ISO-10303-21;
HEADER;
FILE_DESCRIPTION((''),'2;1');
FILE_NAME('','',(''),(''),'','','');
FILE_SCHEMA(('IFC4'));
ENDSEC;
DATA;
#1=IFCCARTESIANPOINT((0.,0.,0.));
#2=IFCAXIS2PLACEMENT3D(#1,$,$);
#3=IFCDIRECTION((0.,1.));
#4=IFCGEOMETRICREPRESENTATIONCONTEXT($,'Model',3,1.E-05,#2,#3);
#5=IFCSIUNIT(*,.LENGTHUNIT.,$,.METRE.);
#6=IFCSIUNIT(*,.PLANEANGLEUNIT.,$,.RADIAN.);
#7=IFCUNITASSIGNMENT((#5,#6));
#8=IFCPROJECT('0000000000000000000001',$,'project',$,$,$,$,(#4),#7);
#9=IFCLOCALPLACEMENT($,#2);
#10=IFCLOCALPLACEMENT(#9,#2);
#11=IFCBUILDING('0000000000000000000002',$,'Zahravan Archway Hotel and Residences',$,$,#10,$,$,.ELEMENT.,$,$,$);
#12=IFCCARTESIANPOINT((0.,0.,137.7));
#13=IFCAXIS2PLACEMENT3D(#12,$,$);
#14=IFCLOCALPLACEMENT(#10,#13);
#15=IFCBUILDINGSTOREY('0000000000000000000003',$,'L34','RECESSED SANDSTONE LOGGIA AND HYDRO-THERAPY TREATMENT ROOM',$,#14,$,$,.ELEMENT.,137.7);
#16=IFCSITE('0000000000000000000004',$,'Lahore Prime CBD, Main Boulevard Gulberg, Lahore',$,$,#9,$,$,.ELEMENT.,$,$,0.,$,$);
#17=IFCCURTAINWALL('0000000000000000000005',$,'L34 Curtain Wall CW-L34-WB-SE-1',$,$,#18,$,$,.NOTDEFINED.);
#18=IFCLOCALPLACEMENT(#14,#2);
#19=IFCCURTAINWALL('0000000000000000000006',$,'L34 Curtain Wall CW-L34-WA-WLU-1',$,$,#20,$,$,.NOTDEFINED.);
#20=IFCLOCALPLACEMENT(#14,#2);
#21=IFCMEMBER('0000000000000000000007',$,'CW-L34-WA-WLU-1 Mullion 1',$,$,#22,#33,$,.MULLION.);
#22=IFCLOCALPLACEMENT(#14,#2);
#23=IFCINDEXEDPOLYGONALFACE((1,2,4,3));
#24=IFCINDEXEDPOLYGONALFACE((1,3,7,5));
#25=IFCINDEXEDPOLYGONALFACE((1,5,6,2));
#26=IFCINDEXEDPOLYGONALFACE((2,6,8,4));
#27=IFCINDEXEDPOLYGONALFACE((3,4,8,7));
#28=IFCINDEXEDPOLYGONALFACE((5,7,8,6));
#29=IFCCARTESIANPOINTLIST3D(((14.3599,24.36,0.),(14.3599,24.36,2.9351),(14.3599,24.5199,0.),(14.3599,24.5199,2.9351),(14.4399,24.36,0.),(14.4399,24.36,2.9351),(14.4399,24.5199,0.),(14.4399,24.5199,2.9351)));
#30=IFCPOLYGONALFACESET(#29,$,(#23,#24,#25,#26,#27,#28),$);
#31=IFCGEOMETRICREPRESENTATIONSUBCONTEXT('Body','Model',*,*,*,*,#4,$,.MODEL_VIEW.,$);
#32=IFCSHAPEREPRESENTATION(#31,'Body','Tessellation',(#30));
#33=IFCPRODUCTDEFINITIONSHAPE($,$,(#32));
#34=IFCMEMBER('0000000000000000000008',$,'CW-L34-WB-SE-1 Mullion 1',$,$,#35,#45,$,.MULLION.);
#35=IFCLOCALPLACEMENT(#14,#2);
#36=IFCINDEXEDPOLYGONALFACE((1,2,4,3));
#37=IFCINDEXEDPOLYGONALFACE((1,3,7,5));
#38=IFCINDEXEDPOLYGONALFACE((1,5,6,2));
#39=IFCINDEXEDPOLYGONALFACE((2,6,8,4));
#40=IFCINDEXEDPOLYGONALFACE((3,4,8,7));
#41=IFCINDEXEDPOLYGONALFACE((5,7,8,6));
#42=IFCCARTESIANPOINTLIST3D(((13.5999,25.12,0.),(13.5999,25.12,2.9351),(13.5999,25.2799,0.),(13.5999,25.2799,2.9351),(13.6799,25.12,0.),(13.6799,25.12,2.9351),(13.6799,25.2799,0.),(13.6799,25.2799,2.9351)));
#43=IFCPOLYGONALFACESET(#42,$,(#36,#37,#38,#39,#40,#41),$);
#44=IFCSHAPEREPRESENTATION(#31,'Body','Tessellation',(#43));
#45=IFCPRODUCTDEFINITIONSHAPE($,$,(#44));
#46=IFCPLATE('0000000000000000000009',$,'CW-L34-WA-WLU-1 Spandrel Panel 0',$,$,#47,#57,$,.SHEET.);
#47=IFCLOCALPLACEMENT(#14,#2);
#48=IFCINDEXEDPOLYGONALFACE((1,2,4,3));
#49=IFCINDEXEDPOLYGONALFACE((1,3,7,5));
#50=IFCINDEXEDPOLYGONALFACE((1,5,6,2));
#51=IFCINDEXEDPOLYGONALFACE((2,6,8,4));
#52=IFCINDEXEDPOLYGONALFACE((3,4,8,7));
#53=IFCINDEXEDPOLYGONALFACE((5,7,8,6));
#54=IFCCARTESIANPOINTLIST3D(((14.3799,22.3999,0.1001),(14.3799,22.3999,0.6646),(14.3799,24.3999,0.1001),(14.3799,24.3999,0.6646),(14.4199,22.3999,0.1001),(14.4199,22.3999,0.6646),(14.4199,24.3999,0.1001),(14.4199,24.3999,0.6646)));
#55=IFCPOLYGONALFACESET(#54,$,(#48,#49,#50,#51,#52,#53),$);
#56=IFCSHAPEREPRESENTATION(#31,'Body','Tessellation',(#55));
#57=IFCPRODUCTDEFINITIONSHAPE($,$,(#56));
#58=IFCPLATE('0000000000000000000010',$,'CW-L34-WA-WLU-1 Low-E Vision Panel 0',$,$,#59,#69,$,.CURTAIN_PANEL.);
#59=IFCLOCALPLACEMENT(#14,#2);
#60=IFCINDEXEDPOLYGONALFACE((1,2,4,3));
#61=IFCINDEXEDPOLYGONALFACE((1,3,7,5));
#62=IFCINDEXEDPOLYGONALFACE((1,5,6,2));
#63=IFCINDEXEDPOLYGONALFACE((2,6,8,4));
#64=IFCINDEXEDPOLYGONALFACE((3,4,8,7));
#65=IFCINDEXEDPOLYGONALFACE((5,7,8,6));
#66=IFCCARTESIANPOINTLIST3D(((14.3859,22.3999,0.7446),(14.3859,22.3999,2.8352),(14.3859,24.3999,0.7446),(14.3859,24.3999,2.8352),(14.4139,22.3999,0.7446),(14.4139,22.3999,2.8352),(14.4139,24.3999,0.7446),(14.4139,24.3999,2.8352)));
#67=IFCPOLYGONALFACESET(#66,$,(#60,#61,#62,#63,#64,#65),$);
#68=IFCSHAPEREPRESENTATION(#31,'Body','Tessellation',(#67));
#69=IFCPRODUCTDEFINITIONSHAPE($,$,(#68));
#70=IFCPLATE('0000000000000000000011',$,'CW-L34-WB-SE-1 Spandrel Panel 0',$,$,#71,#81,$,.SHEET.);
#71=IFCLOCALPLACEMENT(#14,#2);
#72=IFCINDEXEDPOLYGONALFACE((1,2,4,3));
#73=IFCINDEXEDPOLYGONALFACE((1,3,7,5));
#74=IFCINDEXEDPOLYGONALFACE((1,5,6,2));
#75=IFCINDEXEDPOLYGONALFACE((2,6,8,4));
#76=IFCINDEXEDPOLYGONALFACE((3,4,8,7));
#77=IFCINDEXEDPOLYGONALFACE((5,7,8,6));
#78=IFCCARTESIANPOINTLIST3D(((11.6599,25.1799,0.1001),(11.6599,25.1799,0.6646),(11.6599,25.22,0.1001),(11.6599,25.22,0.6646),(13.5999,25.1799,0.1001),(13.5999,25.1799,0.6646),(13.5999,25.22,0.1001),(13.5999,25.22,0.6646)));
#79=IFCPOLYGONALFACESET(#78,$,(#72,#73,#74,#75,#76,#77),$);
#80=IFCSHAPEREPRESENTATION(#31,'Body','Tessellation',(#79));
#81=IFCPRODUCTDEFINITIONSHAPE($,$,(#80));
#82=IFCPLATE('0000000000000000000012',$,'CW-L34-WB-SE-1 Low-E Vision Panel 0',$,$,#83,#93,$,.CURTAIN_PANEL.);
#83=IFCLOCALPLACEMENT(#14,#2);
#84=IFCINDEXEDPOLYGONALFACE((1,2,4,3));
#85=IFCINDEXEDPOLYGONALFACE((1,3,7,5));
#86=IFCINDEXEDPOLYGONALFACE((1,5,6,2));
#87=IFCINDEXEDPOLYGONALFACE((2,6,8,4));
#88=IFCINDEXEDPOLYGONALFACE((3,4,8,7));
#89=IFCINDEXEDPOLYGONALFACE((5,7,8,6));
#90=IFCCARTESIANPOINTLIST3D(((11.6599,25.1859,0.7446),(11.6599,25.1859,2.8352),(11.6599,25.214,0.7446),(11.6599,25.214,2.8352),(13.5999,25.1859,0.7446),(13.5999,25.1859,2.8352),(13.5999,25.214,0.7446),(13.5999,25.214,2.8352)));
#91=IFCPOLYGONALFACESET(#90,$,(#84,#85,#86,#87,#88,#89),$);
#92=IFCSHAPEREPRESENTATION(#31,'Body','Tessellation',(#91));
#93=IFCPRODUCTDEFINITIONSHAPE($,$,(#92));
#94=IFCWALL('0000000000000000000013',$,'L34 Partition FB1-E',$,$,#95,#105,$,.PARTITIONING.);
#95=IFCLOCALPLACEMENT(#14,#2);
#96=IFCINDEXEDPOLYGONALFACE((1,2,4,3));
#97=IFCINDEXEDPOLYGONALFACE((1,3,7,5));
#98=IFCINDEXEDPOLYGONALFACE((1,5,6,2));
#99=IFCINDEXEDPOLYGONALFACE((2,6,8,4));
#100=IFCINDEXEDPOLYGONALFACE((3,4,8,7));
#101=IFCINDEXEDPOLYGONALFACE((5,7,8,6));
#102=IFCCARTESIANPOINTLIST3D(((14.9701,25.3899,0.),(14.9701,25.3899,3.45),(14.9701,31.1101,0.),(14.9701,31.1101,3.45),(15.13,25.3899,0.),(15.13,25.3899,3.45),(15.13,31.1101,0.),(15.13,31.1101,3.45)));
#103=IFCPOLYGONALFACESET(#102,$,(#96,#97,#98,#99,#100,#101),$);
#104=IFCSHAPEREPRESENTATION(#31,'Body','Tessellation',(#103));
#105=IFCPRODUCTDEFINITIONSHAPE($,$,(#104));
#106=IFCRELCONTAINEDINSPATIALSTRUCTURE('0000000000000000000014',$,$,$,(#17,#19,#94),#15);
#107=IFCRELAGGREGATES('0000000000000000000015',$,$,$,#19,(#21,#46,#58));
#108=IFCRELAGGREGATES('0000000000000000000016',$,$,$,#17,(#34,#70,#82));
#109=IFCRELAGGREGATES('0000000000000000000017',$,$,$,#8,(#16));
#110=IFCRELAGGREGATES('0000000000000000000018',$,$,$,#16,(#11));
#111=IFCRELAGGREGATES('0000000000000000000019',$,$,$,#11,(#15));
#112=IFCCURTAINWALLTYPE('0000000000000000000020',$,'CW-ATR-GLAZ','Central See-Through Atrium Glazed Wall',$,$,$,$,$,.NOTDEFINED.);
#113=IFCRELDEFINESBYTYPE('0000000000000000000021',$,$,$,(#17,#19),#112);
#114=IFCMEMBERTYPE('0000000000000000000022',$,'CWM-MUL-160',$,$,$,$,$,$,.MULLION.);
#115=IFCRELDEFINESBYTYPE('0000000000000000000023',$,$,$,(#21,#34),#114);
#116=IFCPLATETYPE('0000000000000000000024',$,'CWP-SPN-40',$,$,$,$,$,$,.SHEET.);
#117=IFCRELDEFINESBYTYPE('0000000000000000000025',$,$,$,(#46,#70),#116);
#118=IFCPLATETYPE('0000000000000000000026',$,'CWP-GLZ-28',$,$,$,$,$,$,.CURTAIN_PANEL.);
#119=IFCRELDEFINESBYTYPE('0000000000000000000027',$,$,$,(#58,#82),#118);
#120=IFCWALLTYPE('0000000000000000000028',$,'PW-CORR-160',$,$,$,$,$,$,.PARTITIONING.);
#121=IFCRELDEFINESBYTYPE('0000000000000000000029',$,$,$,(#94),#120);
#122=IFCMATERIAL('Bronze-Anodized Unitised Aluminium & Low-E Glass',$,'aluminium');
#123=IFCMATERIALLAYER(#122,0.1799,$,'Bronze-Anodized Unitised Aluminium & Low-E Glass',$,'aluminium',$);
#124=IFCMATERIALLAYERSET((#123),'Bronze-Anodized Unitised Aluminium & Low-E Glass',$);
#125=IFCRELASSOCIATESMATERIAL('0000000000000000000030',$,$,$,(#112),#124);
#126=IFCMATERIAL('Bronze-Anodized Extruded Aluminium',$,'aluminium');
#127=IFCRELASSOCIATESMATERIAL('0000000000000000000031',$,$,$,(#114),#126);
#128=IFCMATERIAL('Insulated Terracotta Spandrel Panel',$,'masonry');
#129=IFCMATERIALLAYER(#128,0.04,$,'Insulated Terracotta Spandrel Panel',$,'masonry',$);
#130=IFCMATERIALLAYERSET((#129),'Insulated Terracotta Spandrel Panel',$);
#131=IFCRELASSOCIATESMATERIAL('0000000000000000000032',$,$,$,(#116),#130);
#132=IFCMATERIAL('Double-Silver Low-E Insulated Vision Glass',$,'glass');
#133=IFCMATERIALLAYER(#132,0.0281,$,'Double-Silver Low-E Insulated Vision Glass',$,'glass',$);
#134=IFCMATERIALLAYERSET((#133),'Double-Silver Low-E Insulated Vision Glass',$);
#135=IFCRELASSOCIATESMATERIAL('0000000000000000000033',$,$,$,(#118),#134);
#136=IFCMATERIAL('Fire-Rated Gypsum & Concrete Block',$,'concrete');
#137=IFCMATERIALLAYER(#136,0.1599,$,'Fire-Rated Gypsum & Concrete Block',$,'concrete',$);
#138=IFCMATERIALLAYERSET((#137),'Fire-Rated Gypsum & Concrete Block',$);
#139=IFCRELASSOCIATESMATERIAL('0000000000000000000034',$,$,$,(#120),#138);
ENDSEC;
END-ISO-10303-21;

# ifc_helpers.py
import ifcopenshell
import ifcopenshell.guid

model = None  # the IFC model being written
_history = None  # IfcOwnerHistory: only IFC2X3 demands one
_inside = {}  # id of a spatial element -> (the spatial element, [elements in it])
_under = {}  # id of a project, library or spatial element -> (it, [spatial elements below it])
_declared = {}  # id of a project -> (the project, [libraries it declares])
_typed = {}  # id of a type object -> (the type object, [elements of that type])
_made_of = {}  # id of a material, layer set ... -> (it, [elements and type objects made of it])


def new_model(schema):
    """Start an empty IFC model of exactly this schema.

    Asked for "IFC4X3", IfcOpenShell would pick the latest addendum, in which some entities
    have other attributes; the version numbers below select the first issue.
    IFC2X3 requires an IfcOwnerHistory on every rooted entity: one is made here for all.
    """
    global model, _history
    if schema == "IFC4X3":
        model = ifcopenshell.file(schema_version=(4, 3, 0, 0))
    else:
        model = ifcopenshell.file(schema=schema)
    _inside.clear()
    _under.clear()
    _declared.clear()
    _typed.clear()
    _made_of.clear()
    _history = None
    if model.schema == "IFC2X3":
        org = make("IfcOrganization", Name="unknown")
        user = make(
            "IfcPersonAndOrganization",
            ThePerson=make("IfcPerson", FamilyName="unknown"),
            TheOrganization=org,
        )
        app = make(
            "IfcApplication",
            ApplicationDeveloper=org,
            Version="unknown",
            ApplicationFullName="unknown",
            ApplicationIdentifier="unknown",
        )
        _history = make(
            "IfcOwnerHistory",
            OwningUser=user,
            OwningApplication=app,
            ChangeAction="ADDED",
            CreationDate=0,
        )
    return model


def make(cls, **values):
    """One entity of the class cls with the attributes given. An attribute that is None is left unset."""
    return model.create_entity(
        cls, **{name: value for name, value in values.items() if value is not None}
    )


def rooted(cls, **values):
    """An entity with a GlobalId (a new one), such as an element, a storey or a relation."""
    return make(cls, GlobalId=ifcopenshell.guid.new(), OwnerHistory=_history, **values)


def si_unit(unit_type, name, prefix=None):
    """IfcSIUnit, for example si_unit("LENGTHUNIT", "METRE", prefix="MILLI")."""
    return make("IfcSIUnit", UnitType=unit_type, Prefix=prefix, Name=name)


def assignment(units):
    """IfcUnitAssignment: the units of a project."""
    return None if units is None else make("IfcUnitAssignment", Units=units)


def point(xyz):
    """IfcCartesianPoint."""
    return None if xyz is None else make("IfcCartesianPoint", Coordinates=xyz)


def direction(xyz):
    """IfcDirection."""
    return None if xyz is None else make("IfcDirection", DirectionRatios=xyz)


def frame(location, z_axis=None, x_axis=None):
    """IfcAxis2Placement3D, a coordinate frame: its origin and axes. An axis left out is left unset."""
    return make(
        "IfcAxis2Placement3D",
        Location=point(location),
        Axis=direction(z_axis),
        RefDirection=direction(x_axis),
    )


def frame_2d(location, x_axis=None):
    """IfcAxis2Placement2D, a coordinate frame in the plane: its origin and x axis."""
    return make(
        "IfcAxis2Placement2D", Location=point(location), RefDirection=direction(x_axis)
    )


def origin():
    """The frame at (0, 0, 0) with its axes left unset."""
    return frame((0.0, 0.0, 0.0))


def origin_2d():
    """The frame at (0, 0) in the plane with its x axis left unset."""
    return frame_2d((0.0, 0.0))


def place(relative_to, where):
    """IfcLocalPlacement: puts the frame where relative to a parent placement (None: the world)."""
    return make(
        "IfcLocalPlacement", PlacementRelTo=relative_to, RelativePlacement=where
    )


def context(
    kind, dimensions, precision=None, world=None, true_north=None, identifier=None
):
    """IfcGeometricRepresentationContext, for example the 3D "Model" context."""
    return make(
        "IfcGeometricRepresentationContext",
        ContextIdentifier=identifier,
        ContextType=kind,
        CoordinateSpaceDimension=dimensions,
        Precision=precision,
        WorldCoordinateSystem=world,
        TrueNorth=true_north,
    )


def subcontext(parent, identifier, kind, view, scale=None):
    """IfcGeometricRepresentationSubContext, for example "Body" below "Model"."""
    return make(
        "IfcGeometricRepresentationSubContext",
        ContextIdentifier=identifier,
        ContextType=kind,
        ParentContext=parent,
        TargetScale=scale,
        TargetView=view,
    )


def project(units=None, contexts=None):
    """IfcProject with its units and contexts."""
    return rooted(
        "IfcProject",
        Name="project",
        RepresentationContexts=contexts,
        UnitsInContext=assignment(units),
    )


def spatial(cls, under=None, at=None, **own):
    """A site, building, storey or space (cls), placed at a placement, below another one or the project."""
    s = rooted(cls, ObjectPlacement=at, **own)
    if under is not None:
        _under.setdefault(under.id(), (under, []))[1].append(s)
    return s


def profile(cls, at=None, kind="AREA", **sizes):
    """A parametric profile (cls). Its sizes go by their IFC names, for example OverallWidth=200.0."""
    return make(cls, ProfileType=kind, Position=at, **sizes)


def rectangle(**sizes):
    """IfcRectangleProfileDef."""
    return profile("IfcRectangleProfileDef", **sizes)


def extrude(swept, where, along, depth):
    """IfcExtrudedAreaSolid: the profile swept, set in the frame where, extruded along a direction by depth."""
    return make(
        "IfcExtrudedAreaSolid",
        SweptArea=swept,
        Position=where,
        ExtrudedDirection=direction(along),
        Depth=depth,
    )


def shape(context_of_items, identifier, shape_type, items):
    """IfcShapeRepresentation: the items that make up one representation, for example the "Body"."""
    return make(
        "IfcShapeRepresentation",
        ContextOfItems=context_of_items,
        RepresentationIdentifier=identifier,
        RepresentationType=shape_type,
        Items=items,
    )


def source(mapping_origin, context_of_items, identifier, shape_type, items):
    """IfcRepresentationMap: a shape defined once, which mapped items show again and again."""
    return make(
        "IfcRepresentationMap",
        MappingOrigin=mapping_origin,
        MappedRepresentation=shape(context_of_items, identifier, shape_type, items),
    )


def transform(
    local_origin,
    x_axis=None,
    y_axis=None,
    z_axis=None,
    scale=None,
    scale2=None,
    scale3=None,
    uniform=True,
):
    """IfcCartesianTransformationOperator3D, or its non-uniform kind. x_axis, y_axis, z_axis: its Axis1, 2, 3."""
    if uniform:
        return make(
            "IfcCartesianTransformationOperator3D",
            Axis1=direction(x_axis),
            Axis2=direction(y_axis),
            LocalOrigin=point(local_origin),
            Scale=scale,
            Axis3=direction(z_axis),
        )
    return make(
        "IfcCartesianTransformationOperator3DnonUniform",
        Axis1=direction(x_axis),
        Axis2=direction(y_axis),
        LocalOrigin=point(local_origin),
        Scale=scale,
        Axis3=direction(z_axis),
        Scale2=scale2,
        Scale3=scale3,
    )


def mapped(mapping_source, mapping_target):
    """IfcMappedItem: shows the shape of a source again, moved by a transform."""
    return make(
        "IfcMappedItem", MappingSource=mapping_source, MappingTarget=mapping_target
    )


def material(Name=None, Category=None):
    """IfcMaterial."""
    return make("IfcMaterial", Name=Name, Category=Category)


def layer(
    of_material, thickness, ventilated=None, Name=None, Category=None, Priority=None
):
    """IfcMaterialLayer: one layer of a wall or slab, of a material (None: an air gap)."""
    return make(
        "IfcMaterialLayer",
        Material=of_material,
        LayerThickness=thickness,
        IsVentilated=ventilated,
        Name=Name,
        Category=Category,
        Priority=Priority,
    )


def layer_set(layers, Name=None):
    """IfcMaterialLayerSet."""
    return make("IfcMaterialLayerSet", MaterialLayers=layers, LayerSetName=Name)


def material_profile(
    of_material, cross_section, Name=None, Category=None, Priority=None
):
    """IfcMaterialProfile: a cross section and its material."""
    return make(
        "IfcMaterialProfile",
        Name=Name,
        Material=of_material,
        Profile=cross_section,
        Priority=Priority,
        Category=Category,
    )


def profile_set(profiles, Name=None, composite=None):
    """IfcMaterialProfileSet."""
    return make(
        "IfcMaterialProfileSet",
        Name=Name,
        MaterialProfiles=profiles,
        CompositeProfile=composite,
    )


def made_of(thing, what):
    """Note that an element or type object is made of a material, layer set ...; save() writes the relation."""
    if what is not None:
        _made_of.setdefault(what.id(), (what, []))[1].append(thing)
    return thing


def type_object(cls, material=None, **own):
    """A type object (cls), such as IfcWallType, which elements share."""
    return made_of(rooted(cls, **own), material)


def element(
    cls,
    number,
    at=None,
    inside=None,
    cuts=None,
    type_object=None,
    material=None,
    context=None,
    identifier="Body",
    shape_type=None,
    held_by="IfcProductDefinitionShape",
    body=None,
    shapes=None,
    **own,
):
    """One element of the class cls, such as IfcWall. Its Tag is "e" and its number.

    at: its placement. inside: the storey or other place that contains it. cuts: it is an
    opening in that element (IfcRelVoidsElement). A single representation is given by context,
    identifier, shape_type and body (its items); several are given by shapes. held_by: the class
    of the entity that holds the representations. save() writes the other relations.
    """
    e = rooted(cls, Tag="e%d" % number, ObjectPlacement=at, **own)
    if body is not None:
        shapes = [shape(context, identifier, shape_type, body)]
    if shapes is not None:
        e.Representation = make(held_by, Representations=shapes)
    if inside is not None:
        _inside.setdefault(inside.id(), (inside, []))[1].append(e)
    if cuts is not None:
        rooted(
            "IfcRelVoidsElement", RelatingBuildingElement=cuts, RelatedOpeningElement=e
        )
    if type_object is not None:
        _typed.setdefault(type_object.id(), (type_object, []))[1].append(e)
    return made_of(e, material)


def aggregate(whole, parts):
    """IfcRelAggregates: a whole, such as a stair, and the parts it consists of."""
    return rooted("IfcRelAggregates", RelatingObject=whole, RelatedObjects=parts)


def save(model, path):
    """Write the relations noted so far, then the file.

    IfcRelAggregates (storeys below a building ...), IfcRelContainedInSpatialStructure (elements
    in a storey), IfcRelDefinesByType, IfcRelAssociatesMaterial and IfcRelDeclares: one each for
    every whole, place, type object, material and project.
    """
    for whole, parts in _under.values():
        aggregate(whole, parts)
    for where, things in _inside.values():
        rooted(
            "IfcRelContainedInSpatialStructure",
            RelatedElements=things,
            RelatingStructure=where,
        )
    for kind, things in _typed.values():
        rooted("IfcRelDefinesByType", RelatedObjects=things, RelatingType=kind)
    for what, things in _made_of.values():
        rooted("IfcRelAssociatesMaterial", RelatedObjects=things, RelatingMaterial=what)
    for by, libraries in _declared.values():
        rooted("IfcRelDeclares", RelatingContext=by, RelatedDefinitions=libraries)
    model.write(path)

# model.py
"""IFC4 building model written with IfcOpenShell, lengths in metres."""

from ifc_helpers import new_model, si_unit, direction, frame, frame_2d, origin, origin_2d, place, context, subcontext, project, spatial, rectangle, extrude, source, transform, mapped, material, layer, layer_set, material_profile, profile_set, type_object, element, aggregate, save


model = new_model("IFC4")

# Units and contexts
model_context = context("Model", 3, precision=1e-05, world=origin(), true_north=direction((0.0, 1.0)))
body_context = subcontext(model_context, "Body", "Model", "MODEL_VIEW")
ifc_project = project(units=[si_unit("LENGTHUNIT", "METRE"), si_unit("PLANEANGLEUNIT", "RADIAN")], contexts=[model_context])

# Site, building, storey
site_placement = place(None, origin())
site = spatial("IfcSite", under=ifc_project, at=site_placement, Name="Lahore Prime CBD, Main Boulevard Gulberg, Lahore", CompositionType="ELEMENT", RefElevation=0.0)
building_placement = place(site_placement, origin())
building = spatial("IfcBuilding", under=site, at=building_placement, Name="Zahravan Archway Hotel and Residences", CompositionType="ELEMENT")
storey_placement = place(building_placement, frame((0.0, 0.0, 137.7)))
storey = spatial("IfcBuildingStorey", under=building, at=storey_placement, Name="L34", Description="RECESSED SANDSTONE LOGGIA AND HYDRO-THERAPY TREATMENT ROOM", CompositionType="ELEMENT", Elevation=137.7)

# Curtain wall
ifc_material_1 = material(Name="Bronze-Anodized Unitised Aluminium & Low-E Glass", Category="aluminium")
ifc_layer_1 = layer(ifc_material_1, 0.1799, Name="Bronze-Anodized Unitised Aluminium & Low-E Glass", Category="aluminium")
ifc_layer_set_1 = layer_set([ifc_layer_1], Name="Bronze-Anodized Unitised Aluminium & Low-E Glass")
curtain_wall_type = type_object("IfcCurtainWallType", Name="CW-ATR-GLAZ", Description="Central See-Through Atrium Glazed Wall", PredefinedType="NOTDEFINED", material=ifc_layer_set_1)
curtain_wall_1_placement = place(storey_placement, origin())
curtain_wall_1 = element("IfcCurtainWall", 1, at=curtain_wall_1_placement, inside=storey, type_object=curtain_wall_type, Name="L34 Curtain Wall CW-L34-WB-SE-1", PredefinedType="NOTDEFINED")
ifc_material_2 = material(Name="Bronze-Anodized Extruded Aluminium", Category="aluminium")

# Curtain wall, member
curtain_wall_2_placement = place(storey_placement, origin())
curtain_wall_2 = element("IfcCurtainWall", 2, at=curtain_wall_2_placement, inside=storey, type_object=curtain_wall_type, Name="L34 Curtain Wall CW-L34-WA-WLU-1", PredefinedType="NOTDEFINED")
ifc_material_profile_1 = material_profile(ifc_material_2, rectangle(XDim=0.0801, YDim=0.1599, at=origin_2d()), Name="MUL 80x160", Category="aluminium")
ifc_profile_set_1 = profile_set([ifc_material_profile_1], Name="Bronze-Anodized Extruded Aluminium")
member_type_1 = type_object("IfcMemberType", Name="CWM-MUL-160", PredefinedType="MULLION", material=ifc_profile_set_1)
shared_shape_1 = source(origin(), body_context, "Body", "SweptSolid", [
    extrude(rectangle(XDim=0.0801, YDim=0.1599, at=origin_2d()), origin(), (0.0, 0.0, 1.0), 2.9351),
])
member_1_placement = place(storey_placement, frame((14.3999, 24.4399, 0.0), z_axis=(0.0, 0.0, 1.0), x_axis=(1.0, 0.0, 0.0)))
member_1 = element("IfcMember", 3, at=member_1_placement, type_object=member_type_1, Name="CW-L34-WA-WLU-1 Mullion 1", PredefinedType="MULLION", context=body_context, shape_type="MappedRepresentation", body=[
    mapped(shared_shape_1, transform((0.0, 0.0, 0.0), scale=1.0)),
])

# Member
member_2_placement = place(storey_placement, frame((13.6399, 25.2, 0.0), z_axis=(0.0, 0.0, 1.0), x_axis=(1.0, 0.0, 0.0)))
member_2 = element("IfcMember", 4, at=member_2_placement, type_object=member_type_1, Name="CW-L34-WB-SE-1 Mullion 1", PredefinedType="MULLION", context=body_context, shape_type="MappedRepresentation", body=[
    mapped(shared_shape_1, transform((0.0, 0.0, 0.0), scale=1.0)),
])

# Plates
ifc_material_3 = material(Name="Insulated Terracotta Spandrel Panel", Category="masonry")
ifc_layer_2 = layer(ifc_material_3, 0.04, Name="Insulated Terracotta Spandrel Panel", Category="masonry")
ifc_layer_set_2 = layer_set([ifc_layer_2], Name="Insulated Terracotta Spandrel Panel")
plate_type_1 = type_object("IfcPlateType", Name="CWP-SPN-40", PredefinedType="SHEET", material=ifc_layer_set_2)
shared_shape_2 = source(origin(), body_context, "Body", "SweptSolid", [
    extrude(rectangle(XDim=2.0, YDim=0.04, at=origin_2d()), origin(), (0.0, 0.0, 1.0), 0.5645),
])
plate_1_placement = place(storey_placement, frame((14.3999, 23.3999, 0.1001), z_axis=(0.0, 0.0, 1.0), x_axis=(0.0, 1.0, 0.0)))
plate_1 = element("IfcPlate", 5, at=plate_1_placement, type_object=plate_type_1, Name="CW-L34-WA-WLU-1 Spandrel Panel 0", PredefinedType="SHEET", context=body_context, shape_type="MappedRepresentation", body=[
    mapped(shared_shape_2, transform((0.0, 0.0, 0.0), scale=1.0)),
])
ifc_material_4 = material(Name="Double-Silver Low-E Insulated Vision Glass", Category="glass")
ifc_layer_3 = layer(ifc_material_4, 0.0281, Name="Double-Silver Low-E Insulated Vision Glass", Category="glass")
ifc_layer_set_3 = layer_set([ifc_layer_3], Name="Double-Silver Low-E Insulated Vision Glass")
plate_type_2 = type_object("IfcPlateType", Name="CWP-GLZ-28", PredefinedType="CURTAIN_PANEL", material=ifc_layer_set_3)
shared_shape_3 = source(origin(), body_context, "Body", "SweptSolid", [
    extrude(rectangle(XDim=2.0, YDim=0.0281, at=origin_2d()), origin(), (0.0, 0.0, 1.0), 2.0906),
])
plate_2_placement = place(storey_placement, frame((14.3999, 23.3999, 0.7446), z_axis=(0.0, 0.0, 1.0), x_axis=(0.0, 1.0, 0.0)))
plate_2 = element("IfcPlate", 6, at=plate_2_placement, type_object=plate_type_2, Name="CW-L34-WA-WLU-1 Low-E Vision Panel 0", PredefinedType="CURTAIN_PANEL", context=body_context, shape_type="MappedRepresentation", body=[
    mapped(shared_shape_3, transform((0.0, 0.0, 0.0), scale=1.0)),
])
aggregate(curtain_wall_2, [member_1, plate_1, plate_2])
shared_shape_4 = source(origin(), body_context, "Body", "SweptSolid", [
    extrude(rectangle(XDim=1.9399, YDim=0.04, at=origin_2d()), origin(), (0.0, 0.0, 1.0), 0.5645),
])
plate_3_placement = place(storey_placement, frame((12.6299, 25.2, 0.1001), z_axis=(0.0, 0.0, 1.0), x_axis=(1.0, 0.0, 0.0)))
plate_3 = element("IfcPlate", 7, at=plate_3_placement, type_object=plate_type_1, Name="CW-L34-WB-SE-1 Spandrel Panel 0", PredefinedType="SHEET", context=body_context, shape_type="MappedRepresentation", body=[
    mapped(shared_shape_4, transform((0.0, 0.0, 0.0), scale=1.0)),
])
shared_shape_5 = source(origin(), body_context, "Body", "SweptSolid", [
    extrude(rectangle(XDim=1.9399, YDim=0.0281, at=origin_2d()), origin(), (0.0, 0.0, 1.0), 2.0906),
])
plate_4_placement = place(storey_placement, frame((12.6299, 25.2, 0.7446), z_axis=(0.0, 0.0, 1.0), x_axis=(1.0, 0.0, 0.0)))
plate_4 = element("IfcPlate", 8, at=plate_4_placement, type_object=plate_type_2, Name="CW-L34-WB-SE-1 Low-E Vision Panel 0", PredefinedType="CURTAIN_PANEL", context=body_context, shape_type="MappedRepresentation", body=[
    mapped(shared_shape_5, transform((0.0, 0.0, 0.0), scale=1.0)),
])
aggregate(curtain_wall_1, [member_2, plate_3, plate_4])

# Wall
ifc_material_5 = material(Name="Fire-Rated Gypsum & Concrete Block", Category="concrete")
ifc_layer_4 = layer(ifc_material_5, 0.1599, Name="Fire-Rated Gypsum & Concrete Block", Category="concrete")
ifc_layer_set_4 = layer_set([ifc_layer_4], Name="Fire-Rated Gypsum & Concrete Block")
wall_type = type_object("IfcWallType", Name="PW-CORR-160", PredefinedType="PARTITIONING", material=ifc_layer_set_4)
wall_placement = place(storey_placement, frame((15.05, 25.3899, 0.0), z_axis=(0.0, 0.0, 1.0), x_axis=(0.0, 1.0, 0.0)))
element("IfcWall", 9, at=wall_placement, inside=storey, type_object=wall_type, Name="L34 Partition FB1-E", PredefinedType="PARTITIONING", context=body_context, shape_type="SweptSolid", body=[
    extrude(rectangle(XDim=5.7202, YDim=0.1599, at=frame_2d((2.8601, 0.0))), origin(), (0.0, 0.0, 1.0), 3.45),
])

save(model, "model.ifc")
